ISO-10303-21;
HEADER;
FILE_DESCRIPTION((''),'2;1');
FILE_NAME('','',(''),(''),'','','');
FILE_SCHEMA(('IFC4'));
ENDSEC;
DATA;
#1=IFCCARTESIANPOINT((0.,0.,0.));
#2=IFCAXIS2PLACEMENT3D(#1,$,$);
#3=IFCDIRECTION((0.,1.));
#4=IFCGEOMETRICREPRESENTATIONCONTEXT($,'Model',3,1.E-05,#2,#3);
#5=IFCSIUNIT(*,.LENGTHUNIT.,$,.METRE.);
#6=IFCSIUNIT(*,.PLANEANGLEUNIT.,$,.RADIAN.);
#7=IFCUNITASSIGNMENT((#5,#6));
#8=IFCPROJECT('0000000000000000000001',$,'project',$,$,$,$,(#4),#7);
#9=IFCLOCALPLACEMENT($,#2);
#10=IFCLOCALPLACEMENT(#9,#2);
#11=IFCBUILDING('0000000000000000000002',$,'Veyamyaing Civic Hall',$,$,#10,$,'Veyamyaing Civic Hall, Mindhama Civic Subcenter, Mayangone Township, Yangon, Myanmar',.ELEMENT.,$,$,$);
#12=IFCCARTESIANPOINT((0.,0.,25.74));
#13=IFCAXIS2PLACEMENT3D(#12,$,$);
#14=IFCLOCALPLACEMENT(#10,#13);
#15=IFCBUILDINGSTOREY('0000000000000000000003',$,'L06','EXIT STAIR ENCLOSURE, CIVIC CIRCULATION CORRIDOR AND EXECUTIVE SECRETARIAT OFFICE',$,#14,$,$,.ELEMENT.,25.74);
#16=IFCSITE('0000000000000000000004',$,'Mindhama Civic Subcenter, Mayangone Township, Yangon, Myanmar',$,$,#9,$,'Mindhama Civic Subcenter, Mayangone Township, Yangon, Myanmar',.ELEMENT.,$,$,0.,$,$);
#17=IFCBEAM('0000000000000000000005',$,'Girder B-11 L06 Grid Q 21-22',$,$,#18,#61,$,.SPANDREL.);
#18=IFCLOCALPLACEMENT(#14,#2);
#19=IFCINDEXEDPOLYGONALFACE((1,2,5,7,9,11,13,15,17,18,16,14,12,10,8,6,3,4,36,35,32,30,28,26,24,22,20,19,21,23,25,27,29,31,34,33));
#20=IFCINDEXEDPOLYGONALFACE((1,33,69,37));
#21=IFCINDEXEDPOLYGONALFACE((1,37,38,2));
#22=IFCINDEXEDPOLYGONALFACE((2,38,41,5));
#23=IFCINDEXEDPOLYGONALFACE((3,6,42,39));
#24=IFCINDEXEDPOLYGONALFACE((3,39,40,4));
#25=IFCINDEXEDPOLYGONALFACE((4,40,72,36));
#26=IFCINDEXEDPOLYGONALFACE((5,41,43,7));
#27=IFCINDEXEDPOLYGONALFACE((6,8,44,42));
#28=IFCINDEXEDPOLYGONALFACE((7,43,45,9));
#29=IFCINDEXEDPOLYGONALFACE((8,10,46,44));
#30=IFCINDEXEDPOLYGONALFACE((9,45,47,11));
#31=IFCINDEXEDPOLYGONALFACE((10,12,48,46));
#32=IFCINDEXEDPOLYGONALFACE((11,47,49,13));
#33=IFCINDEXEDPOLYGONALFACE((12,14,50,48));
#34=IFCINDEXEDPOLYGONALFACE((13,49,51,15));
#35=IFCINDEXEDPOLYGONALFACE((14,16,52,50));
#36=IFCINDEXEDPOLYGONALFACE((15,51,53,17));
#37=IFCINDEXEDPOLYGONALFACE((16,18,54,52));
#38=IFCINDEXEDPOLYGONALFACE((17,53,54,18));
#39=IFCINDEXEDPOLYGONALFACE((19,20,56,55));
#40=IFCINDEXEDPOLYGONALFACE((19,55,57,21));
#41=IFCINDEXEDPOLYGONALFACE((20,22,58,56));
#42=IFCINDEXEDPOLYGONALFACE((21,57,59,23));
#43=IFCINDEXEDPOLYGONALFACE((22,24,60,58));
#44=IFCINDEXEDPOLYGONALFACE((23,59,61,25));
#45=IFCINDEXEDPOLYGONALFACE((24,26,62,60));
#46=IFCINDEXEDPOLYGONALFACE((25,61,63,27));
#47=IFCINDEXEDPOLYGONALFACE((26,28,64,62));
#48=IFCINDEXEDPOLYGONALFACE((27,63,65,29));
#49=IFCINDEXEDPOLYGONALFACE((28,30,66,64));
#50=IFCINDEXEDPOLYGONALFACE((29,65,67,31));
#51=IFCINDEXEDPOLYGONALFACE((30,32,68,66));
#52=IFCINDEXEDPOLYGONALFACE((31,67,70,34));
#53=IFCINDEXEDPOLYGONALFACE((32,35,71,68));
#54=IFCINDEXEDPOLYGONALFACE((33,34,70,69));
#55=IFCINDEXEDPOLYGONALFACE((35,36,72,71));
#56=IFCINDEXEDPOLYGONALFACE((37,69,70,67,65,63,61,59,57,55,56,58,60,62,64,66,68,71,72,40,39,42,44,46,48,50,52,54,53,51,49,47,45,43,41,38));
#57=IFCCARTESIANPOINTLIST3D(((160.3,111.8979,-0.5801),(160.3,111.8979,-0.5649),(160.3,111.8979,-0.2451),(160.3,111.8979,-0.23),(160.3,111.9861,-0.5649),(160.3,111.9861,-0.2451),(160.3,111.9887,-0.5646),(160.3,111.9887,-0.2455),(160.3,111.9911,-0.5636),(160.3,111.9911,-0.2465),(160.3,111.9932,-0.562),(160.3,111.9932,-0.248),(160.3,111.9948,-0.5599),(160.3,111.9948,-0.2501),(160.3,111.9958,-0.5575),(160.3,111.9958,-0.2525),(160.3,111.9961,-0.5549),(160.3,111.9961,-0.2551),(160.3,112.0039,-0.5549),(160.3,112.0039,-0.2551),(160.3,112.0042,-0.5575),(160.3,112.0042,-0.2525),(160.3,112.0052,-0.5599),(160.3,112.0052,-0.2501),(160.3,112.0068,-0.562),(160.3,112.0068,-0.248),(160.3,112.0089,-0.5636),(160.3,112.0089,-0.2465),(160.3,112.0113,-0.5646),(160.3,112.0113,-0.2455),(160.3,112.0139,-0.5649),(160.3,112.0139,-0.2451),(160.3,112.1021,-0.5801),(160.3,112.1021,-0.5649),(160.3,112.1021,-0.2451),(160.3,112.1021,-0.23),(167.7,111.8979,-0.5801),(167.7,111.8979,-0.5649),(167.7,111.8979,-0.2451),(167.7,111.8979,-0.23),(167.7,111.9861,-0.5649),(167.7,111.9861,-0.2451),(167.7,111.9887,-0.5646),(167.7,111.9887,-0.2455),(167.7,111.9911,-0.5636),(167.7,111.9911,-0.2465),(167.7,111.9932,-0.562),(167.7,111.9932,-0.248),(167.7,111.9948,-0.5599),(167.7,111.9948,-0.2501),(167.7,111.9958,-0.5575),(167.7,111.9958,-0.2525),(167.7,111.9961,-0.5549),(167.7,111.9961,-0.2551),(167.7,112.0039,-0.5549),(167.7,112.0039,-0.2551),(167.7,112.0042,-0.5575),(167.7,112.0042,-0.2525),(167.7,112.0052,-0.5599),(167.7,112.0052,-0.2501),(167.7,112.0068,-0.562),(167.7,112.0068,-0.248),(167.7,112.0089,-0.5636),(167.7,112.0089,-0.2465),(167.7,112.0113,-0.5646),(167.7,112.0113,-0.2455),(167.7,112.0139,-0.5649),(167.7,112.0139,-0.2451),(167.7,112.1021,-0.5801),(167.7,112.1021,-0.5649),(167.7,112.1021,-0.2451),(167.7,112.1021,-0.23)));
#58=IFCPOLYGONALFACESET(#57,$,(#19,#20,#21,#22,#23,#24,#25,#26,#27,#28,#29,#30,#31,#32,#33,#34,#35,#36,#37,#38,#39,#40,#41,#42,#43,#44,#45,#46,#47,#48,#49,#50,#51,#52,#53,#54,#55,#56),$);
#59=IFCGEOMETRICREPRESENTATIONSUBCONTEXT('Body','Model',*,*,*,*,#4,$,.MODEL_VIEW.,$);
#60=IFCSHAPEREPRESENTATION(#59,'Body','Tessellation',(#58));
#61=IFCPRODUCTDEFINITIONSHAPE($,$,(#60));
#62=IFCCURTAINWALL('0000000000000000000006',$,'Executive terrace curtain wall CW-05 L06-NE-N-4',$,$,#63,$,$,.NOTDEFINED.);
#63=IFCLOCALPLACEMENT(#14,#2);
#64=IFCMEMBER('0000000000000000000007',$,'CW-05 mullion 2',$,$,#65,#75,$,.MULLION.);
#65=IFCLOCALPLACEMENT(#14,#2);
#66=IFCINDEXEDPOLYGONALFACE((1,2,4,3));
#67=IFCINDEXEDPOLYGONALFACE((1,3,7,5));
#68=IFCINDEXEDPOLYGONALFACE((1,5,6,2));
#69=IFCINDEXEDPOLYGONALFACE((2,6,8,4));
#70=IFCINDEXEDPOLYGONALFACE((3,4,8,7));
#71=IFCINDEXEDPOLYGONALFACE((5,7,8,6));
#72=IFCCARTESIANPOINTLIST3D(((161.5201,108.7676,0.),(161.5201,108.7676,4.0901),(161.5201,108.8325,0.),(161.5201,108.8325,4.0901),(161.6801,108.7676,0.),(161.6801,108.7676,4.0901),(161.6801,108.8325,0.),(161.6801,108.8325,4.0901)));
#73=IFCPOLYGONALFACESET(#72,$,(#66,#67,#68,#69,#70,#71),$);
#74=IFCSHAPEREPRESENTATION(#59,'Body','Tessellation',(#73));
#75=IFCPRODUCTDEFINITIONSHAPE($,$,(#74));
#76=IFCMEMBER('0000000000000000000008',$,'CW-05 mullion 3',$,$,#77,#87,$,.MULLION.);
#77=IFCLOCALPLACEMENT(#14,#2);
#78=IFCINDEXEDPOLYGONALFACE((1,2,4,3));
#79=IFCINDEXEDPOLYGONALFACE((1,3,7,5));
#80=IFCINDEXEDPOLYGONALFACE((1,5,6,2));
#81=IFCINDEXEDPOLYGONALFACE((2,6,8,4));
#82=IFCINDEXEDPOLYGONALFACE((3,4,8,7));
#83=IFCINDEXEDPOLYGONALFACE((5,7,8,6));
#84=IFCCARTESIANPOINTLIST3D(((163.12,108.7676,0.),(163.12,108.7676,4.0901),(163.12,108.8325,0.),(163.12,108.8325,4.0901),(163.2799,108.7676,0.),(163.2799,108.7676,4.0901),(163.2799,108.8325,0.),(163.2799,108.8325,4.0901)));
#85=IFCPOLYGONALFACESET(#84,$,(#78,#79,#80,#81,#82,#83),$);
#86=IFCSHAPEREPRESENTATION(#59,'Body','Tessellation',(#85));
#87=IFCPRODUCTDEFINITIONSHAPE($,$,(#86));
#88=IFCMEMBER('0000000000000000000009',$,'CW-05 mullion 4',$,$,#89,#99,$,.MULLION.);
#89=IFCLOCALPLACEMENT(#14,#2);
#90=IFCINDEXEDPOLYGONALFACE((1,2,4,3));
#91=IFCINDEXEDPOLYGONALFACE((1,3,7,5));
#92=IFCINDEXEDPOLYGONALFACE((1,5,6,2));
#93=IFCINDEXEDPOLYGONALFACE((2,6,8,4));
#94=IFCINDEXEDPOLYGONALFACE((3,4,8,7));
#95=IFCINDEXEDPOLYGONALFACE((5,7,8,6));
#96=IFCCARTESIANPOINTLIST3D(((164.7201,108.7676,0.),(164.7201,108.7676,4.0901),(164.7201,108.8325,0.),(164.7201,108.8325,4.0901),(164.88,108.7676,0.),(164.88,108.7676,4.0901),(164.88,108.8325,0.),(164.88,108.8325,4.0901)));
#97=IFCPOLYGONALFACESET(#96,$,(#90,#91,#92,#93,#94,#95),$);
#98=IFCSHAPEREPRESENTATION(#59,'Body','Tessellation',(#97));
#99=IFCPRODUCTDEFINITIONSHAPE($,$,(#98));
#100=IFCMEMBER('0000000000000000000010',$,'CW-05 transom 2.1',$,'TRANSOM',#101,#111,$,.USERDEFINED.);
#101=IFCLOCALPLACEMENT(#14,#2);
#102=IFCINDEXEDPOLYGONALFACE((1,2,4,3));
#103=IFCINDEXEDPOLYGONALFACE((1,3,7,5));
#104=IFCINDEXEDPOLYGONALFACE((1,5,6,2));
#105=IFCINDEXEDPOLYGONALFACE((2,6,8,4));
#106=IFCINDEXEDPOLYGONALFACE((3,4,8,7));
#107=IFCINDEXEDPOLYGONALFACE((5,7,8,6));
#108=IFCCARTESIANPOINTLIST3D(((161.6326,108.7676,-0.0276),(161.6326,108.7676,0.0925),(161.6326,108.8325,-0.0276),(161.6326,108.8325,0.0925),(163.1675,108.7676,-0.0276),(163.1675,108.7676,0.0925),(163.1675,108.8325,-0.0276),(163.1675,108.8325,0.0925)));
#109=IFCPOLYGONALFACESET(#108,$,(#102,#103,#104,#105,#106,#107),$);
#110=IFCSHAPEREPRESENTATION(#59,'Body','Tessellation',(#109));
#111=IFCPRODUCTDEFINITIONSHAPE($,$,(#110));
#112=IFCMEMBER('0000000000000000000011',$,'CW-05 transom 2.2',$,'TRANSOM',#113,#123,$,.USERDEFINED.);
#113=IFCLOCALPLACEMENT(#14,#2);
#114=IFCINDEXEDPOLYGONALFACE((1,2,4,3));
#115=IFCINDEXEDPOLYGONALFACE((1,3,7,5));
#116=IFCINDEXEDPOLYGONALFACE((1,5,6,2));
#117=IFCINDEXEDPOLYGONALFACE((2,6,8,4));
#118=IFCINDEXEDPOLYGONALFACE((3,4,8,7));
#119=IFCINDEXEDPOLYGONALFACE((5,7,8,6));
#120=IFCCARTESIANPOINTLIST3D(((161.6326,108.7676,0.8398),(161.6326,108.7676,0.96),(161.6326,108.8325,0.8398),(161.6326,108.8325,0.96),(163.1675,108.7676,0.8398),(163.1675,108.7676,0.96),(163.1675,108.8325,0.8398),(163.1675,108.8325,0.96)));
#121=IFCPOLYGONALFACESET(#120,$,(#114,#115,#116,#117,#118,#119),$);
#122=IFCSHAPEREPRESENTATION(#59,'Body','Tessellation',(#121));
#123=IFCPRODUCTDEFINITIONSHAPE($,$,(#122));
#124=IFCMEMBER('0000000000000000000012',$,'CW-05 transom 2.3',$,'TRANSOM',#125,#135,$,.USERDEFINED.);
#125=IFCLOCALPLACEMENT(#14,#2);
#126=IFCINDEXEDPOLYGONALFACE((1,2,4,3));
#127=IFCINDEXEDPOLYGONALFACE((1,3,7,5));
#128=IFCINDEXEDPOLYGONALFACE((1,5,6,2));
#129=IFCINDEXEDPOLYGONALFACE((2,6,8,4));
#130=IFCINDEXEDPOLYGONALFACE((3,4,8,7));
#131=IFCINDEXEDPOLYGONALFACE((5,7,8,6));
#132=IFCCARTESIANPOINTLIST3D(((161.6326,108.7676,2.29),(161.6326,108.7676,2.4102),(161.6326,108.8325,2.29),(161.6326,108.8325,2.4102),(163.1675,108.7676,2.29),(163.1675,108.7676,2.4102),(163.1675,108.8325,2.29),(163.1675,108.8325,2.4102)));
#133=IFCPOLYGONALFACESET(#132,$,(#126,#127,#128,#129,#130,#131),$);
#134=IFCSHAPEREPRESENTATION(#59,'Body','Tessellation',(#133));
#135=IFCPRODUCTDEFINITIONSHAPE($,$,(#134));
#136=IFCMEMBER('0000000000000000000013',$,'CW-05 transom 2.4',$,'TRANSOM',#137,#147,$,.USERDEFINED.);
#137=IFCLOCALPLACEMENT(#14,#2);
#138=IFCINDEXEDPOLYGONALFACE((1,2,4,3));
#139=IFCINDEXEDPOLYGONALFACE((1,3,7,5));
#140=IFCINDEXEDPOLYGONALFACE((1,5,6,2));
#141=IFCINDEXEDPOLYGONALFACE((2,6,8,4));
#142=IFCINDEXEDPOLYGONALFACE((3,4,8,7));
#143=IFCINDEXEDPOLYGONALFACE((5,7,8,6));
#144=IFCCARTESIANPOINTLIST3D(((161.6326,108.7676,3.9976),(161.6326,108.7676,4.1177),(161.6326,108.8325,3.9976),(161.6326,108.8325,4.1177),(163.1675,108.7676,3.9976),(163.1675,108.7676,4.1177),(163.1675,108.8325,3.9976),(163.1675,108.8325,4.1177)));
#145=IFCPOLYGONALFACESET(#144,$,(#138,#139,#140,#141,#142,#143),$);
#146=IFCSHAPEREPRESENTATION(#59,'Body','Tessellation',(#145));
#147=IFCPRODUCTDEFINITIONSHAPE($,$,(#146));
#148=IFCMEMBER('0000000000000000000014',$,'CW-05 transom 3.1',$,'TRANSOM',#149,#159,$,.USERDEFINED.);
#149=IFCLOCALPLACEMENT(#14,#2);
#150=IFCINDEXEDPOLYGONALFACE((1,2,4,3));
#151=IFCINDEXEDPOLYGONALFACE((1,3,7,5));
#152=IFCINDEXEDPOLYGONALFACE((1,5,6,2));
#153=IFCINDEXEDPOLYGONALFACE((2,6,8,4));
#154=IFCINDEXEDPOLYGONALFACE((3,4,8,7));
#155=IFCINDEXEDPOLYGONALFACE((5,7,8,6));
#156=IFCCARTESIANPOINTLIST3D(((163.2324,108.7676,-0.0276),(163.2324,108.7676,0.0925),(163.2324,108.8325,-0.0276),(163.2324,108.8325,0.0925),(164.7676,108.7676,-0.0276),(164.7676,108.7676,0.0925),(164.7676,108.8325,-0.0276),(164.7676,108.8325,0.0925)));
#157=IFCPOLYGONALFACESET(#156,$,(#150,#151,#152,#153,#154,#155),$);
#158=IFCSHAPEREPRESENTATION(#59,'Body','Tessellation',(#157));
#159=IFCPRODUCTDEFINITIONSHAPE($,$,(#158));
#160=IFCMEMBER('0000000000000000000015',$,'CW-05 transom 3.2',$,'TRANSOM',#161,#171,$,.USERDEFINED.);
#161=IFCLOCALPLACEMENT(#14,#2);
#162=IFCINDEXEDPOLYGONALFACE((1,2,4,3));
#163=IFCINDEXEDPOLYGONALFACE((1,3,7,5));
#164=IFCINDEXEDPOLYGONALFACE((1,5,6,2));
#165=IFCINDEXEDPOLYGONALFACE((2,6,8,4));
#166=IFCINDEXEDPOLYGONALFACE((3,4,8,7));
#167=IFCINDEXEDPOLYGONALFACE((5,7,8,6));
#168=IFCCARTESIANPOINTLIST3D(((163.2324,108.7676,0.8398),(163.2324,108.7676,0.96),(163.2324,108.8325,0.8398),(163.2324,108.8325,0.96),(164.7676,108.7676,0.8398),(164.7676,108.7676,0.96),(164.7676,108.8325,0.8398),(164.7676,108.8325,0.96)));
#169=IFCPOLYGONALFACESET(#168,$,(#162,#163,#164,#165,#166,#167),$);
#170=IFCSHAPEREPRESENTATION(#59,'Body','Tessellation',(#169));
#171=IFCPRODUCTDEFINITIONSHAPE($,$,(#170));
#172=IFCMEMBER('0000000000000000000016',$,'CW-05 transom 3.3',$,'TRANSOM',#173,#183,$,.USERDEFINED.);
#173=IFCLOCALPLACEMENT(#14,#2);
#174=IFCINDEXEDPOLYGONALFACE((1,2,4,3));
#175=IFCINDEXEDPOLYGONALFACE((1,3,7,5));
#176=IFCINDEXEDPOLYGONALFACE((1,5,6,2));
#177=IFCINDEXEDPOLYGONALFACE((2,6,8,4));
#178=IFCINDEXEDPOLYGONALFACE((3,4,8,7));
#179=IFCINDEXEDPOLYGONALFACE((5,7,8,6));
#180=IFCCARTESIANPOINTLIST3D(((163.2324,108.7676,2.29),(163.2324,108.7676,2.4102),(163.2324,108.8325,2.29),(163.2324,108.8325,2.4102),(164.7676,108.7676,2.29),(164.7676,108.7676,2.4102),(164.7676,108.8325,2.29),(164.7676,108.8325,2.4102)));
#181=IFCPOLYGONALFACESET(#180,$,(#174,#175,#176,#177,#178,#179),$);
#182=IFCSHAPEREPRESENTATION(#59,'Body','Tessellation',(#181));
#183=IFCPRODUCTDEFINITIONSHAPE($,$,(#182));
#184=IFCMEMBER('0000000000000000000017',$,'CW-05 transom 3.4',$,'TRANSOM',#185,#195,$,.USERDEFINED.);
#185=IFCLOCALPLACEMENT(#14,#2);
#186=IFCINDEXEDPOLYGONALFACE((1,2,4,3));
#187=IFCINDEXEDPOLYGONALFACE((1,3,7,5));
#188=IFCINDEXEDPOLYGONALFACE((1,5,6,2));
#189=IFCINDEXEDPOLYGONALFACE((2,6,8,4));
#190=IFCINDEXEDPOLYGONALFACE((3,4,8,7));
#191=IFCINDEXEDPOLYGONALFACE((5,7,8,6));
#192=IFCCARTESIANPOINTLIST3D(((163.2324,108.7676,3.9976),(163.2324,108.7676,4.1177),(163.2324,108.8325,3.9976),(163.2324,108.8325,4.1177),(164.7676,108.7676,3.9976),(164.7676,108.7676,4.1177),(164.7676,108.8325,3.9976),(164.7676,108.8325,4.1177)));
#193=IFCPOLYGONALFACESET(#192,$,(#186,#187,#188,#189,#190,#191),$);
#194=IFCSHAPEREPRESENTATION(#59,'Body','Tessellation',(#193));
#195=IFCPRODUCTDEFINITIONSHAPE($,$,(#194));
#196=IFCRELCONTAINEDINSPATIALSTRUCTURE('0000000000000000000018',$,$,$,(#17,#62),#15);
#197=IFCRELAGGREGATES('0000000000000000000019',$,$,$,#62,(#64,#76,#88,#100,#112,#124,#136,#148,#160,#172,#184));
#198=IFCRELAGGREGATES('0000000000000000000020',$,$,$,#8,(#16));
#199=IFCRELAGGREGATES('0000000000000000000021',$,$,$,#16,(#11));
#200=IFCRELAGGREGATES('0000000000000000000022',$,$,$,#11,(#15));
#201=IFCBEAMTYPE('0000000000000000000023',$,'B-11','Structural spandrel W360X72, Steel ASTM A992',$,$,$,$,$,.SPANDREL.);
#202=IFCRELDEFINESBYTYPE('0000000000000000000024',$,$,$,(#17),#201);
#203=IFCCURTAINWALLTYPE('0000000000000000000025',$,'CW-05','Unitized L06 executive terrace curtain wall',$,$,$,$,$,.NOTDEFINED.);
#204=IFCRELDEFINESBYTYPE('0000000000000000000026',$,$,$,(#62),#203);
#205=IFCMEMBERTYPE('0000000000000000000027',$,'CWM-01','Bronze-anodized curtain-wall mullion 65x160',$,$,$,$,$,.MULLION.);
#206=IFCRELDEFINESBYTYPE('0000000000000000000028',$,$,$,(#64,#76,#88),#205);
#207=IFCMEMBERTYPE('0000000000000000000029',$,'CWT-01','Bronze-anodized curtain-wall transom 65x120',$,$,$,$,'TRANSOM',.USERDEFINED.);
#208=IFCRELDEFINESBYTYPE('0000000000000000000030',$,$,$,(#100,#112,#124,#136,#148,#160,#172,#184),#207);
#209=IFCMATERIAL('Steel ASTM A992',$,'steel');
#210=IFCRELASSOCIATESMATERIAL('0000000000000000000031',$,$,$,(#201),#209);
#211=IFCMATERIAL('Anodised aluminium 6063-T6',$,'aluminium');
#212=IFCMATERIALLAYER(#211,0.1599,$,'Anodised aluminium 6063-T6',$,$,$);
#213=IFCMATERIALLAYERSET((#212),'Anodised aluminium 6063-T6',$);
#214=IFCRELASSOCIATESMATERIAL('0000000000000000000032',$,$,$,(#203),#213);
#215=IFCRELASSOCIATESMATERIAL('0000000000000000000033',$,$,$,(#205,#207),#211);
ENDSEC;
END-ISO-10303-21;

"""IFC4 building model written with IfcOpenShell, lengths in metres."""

from ifc_helpers import new_model, si_unit, direction, frame, origin, origin_2d, place, context, subcontext, project, spatial, rectangle, i_section, extrude, material, layer, layer_set, material_profile, profile_set, type_object, element, aggregate, save


model = new_model("IFC4")

# Units and contexts
model_context = context("Model", 3, precision=1e-05, world=origin(), true_north=direction((0.0, 1.0)))
body_context = subcontext(model_context, "Body", "Model", "MODEL_VIEW")
ifc_project = project(units=[si_unit("LENGTHUNIT", "METRE"), si_unit("PLANEANGLEUNIT", "RADIAN")], contexts=[model_context])

# Site, building, storey
site_placement = place(None, origin())
site = spatial("IfcSite", under=ifc_project, at=site_placement, Name="Mindhama Civic Subcenter, Mayangone Township, Yangon, Myanmar", LongName="Mindhama Civic Subcenter, Mayangone Township, Yangon, Myanmar", CompositionType="ELEMENT", RefElevation=0.0)
building_placement = place(site_placement, origin())
building = spatial("IfcBuilding", under=site, at=building_placement, Name="Veyamyaing Civic Hall", LongName="Veyamyaing Civic Hall, Mindhama Civic Subcenter, Mayangone Township, Yangon, Myanmar", CompositionType="ELEMENT")
storey_placement = place(building_placement, frame((0.0, 0.0, 25.74)))
storey = spatial("IfcBuildingStorey", under=building, at=storey_placement, Name="L06", Description="EXIT STAIR ENCLOSURE, CIVIC CIRCULATION CORRIDOR AND EXECUTIVE SECRETARIAT OFFICE", CompositionType="ELEMENT", Elevation=25.74)

# Beam
ifc_material_1 = material(Name="Steel ASTM A992", Category="steel")
ifc_material_profile_1 = material_profile(ifc_material_1, i_section(OverallWidth=0.2041, OverallDepth=0.3501, WebThickness=0.0078, FlangeThickness=0.0151, FilletRadius=0.01, at=origin_2d()), Name="W360X72")
ifc_profile_set_1 = profile_set([ifc_material_profile_1], Name="Steel ASTM A992")
beam_type = type_object("IfcBeamType", Name="B-11", Description="Structural spandrel W360X72, Steel ASTM A992", PredefinedType="SPANDREL", material=ifc_profile_set_1)
beam_placement = place(storey_placement, frame((160.3, 112.0, -0.405), z_axis=(1.0, 0.0, 0.0), x_axis=(0.0, 1.0, 0.0)))
element("IfcBeam", 1, at=beam_placement, inside=storey, type_object=beam_type, Name="Girder B-11 L06 Grid Q 21-22", PredefinedType="SPANDREL", context=body_context, shape_type="SweptSolid", body=[
    extrude(i_section(OverallWidth=0.2041, OverallDepth=0.3501, WebThickness=0.0078, FlangeThickness=0.0151, FilletRadius=0.01, at=origin_2d()), origin(), (0.0, 0.0, 1.0), 7.3999),
])

# Curtain wall, members
ifc_material_2 = material(Name="Anodised aluminium 6063-T6", Category="aluminium")
ifc_layer_1 = layer(ifc_material_2, 0.1599, Name="Anodised aluminium 6063-T6")
ifc_layer_set_1 = layer_set([ifc_layer_1], Name="Anodised aluminium 6063-T6")
curtain_wall_type = type_object("IfcCurtainWallType", Name="CW-05", Description="Unitized L06 executive terrace curtain wall", PredefinedType="NOTDEFINED", material=ifc_layer_set_1)
curtain_wall_placement = place(storey_placement, origin())
curtain_wall = element("IfcCurtainWall", 2, at=curtain_wall_placement, inside=storey, type_object=curtain_wall_type, Name="Executive terrace curtain wall CW-05 L06-NE-N-4", PredefinedType="NOTDEFINED")
ifc_material_profile_2 = material_profile(ifc_material_2, rectangle(XDim=0.0649, YDim=0.1599, at=origin_2d()), Name="ALU-MUL-65X160")
ifc_profile_set_2 = profile_set([ifc_material_profile_2], Name="Anodised aluminium 6063-T6")
member_type_1 = type_object("IfcMemberType", Name="CWM-01", Description="Bronze-anodized curtain-wall mullion 65x160", PredefinedType="MULLION", material=ifc_profile_set_2)
member_1_placement = place(storey_placement, frame((161.6001, 108.8, 0.0), z_axis=(0.0, 0.0, 1.0), x_axis=(0.0, 1.0, 0.0)))
member_1 = element("IfcMember", 3, at=member_1_placement, type_object=member_type_1, Name="CW-05 mullion 2", PredefinedType="MULLION", context=body_context, shape_type="SweptSolid", body=[
    extrude(rectangle(XDim=0.0649, YDim=0.1599, at=origin_2d()), origin(), (0.0, 0.0, 1.0), 4.0901),
])
member_2_placement = place(storey_placement, frame((163.2, 108.8, 0.0), z_axis=(0.0, 0.0, 1.0), x_axis=(0.0, 1.0, 0.0)))
member_2 = element("IfcMember", 4, at=member_2_placement, type_object=member_type_1, Name="CW-05 mullion 3", PredefinedType="MULLION", context=body_context, shape_type="SweptSolid", body=[
    extrude(rectangle(XDim=0.0649, YDim=0.1599, at=origin_2d()), origin(), (0.0, 0.0, 1.0), 4.0901),
])
member_3_placement = place(storey_placement, frame((164.8, 108.8, 0.0), z_axis=(0.0, 0.0, 1.0), x_axis=(0.0, 1.0, 0.0)))
member_3 = element("IfcMember", 5, at=member_3_placement, type_object=member_type_1, Name="CW-05 mullion 4", PredefinedType="MULLION", context=body_context, shape_type="SweptSolid", body=[
    extrude(rectangle(XDim=0.0649, YDim=0.1599, at=origin_2d()), origin(), (0.0, 0.0, 1.0), 4.0901),
])
ifc_material_profile_3 = material_profile(ifc_material_2, rectangle(XDim=0.0649, YDim=0.1201, at=origin_2d()), Name="ALU-TRN-65X120")
ifc_profile_set_3 = profile_set([ifc_material_profile_3], Name="Anodised aluminium 6063-T6")
member_type_2 = type_object("IfcMemberType", Name="CWT-01", Description="Bronze-anodized curtain-wall transom 65x120", ElementType="TRANSOM", PredefinedType="USERDEFINED", material=ifc_profile_set_3)
member_4_placement = place(storey_placement, frame((161.6326, 108.8, 0.0325), z_axis=(1.0, 0.0, 0.0), x_axis=(0.0, 1.0, 0.0)))
member_4 = element("IfcMember", 6, at=member_4_placement, type_object=member_type_2, Name="CW-05 transom 2.1", ObjectType="TRANSOM", PredefinedType="USERDEFINED", context=body_context, shape_type="SweptSolid", body=[
    extrude(rectangle(XDim=0.0649, YDim=0.1201, at=origin_2d()), origin(), (0.0, 0.0, 1.0), 1.5349),
])
member_5_placement = place(storey_placement, frame((161.6326, 108.8, 0.8999), z_axis=(1.0, 0.0, 0.0), x_axis=(0.0, 1.0, 0.0)))
member_5 = element("IfcMember", 7, at=member_5_placement, type_object=member_type_2, Name="CW-05 transom 2.2", ObjectType="TRANSOM", PredefinedType="USERDEFINED", context=body_context, shape_type="SweptSolid", body=[
    extrude(rectangle(XDim=0.0649, YDim=0.1201, at=origin_2d()), origin(), (0.0, 0.0, 1.0), 1.5349),
])
member_6_placement = place(storey_placement, frame((161.6326, 108.8, 2.3501), z_axis=(1.0, 0.0, 0.0), x_axis=(0.0, 1.0, 0.0)))
member_6 = element("IfcMember", 8, at=member_6_placement, type_object=member_type_2, Name="CW-05 transom 2.3", ObjectType="TRANSOM", PredefinedType="USERDEFINED", context=body_context, shape_type="SweptSolid", body=[
    extrude(rectangle(XDim=0.0649, YDim=0.1201, at=origin_2d()), origin(), (0.0, 0.0, 1.0), 1.5349),
])
member_7_placement = place(storey_placement, frame((161.6326, 108.8, 4.0576), z_axis=(1.0, 0.0, 0.0), x_axis=(0.0, 1.0, 0.0)))
member_7 = element("IfcMember", 9, at=member_7_placement, type_object=member_type_2, Name="CW-05 transom 2.4", ObjectType="TRANSOM", PredefinedType="USERDEFINED", context=body_context, shape_type="SweptSolid", body=[
    extrude(rectangle(XDim=0.0649, YDim=0.1201, at=origin_2d()), origin(), (0.0, 0.0, 1.0), 1.5349),
])
member_8_placement = place(storey_placement, frame((163.2324, 108.8, 0.0325), z_axis=(1.0, 0.0, 0.0), x_axis=(0.0, 1.0, 0.0)))
member_8 = element("IfcMember", 10, at=member_8_placement, type_object=member_type_2, Name="CW-05 transom 3.1", ObjectType="TRANSOM", PredefinedType="USERDEFINED", context=body_context, shape_type="SweptSolid", body=[
    extrude(rectangle(XDim=0.0649, YDim=0.1201, at=origin_2d()), origin(), (0.0, 0.0, 1.0), 1.5352),
])
member_9_placement = place(storey_placement, frame((163.2324, 108.8, 0.8999), z_axis=(1.0, 0.0, 0.0), x_axis=(0.0, 1.0, 0.0)))
member_9 = element("IfcMember", 11, at=member_9_placement, type_object=member_type_2, Name="CW-05 transom 3.2", ObjectType="TRANSOM", PredefinedType="USERDEFINED", context=body_context, shape_type="SweptSolid", body=[
    extrude(rectangle(XDim=0.0649, YDim=0.1201, at=origin_2d()), origin(), (0.0, 0.0, 1.0), 1.5352),
])
member_10_placement = place(storey_placement, frame((163.2324, 108.8, 2.3501), z_axis=(1.0, 0.0, 0.0), x_axis=(0.0, 1.0, 0.0)))
member_10 = element("IfcMember", 12, at=member_10_placement, type_object=member_type_2, Name="CW-05 transom 3.3", ObjectType="TRANSOM", PredefinedType="USERDEFINED", context=body_context, shape_type="SweptSolid", body=[
    extrude(rectangle(XDim=0.0649, YDim=0.1201, at=origin_2d()), origin(), (0.0, 0.0, 1.0), 1.5352),
])
member_11_placement = place(storey_placement, frame((163.2324, 108.8, 4.0576), z_axis=(1.0, 0.0, 0.0), x_axis=(0.0, 1.0, 0.0)))
member_11 = element("IfcMember", 13, at=member_11_placement, type_object=member_type_2, Name="CW-05 transom 3.4", ObjectType="TRANSOM", PredefinedType="USERDEFINED", context=body_context, shape_type="SweptSolid", body=[
    extrude(rectangle(XDim=0.0649, YDim=0.1201, at=origin_2d()), origin(), (0.0, 0.0, 1.0), 1.5352),
])
aggregate(curtain_wall, [member_1, member_2, member_3, member_4, member_5, member_6, member_7, member_8, member_9, member_10, member_11])

save(model, "model.ifc")
